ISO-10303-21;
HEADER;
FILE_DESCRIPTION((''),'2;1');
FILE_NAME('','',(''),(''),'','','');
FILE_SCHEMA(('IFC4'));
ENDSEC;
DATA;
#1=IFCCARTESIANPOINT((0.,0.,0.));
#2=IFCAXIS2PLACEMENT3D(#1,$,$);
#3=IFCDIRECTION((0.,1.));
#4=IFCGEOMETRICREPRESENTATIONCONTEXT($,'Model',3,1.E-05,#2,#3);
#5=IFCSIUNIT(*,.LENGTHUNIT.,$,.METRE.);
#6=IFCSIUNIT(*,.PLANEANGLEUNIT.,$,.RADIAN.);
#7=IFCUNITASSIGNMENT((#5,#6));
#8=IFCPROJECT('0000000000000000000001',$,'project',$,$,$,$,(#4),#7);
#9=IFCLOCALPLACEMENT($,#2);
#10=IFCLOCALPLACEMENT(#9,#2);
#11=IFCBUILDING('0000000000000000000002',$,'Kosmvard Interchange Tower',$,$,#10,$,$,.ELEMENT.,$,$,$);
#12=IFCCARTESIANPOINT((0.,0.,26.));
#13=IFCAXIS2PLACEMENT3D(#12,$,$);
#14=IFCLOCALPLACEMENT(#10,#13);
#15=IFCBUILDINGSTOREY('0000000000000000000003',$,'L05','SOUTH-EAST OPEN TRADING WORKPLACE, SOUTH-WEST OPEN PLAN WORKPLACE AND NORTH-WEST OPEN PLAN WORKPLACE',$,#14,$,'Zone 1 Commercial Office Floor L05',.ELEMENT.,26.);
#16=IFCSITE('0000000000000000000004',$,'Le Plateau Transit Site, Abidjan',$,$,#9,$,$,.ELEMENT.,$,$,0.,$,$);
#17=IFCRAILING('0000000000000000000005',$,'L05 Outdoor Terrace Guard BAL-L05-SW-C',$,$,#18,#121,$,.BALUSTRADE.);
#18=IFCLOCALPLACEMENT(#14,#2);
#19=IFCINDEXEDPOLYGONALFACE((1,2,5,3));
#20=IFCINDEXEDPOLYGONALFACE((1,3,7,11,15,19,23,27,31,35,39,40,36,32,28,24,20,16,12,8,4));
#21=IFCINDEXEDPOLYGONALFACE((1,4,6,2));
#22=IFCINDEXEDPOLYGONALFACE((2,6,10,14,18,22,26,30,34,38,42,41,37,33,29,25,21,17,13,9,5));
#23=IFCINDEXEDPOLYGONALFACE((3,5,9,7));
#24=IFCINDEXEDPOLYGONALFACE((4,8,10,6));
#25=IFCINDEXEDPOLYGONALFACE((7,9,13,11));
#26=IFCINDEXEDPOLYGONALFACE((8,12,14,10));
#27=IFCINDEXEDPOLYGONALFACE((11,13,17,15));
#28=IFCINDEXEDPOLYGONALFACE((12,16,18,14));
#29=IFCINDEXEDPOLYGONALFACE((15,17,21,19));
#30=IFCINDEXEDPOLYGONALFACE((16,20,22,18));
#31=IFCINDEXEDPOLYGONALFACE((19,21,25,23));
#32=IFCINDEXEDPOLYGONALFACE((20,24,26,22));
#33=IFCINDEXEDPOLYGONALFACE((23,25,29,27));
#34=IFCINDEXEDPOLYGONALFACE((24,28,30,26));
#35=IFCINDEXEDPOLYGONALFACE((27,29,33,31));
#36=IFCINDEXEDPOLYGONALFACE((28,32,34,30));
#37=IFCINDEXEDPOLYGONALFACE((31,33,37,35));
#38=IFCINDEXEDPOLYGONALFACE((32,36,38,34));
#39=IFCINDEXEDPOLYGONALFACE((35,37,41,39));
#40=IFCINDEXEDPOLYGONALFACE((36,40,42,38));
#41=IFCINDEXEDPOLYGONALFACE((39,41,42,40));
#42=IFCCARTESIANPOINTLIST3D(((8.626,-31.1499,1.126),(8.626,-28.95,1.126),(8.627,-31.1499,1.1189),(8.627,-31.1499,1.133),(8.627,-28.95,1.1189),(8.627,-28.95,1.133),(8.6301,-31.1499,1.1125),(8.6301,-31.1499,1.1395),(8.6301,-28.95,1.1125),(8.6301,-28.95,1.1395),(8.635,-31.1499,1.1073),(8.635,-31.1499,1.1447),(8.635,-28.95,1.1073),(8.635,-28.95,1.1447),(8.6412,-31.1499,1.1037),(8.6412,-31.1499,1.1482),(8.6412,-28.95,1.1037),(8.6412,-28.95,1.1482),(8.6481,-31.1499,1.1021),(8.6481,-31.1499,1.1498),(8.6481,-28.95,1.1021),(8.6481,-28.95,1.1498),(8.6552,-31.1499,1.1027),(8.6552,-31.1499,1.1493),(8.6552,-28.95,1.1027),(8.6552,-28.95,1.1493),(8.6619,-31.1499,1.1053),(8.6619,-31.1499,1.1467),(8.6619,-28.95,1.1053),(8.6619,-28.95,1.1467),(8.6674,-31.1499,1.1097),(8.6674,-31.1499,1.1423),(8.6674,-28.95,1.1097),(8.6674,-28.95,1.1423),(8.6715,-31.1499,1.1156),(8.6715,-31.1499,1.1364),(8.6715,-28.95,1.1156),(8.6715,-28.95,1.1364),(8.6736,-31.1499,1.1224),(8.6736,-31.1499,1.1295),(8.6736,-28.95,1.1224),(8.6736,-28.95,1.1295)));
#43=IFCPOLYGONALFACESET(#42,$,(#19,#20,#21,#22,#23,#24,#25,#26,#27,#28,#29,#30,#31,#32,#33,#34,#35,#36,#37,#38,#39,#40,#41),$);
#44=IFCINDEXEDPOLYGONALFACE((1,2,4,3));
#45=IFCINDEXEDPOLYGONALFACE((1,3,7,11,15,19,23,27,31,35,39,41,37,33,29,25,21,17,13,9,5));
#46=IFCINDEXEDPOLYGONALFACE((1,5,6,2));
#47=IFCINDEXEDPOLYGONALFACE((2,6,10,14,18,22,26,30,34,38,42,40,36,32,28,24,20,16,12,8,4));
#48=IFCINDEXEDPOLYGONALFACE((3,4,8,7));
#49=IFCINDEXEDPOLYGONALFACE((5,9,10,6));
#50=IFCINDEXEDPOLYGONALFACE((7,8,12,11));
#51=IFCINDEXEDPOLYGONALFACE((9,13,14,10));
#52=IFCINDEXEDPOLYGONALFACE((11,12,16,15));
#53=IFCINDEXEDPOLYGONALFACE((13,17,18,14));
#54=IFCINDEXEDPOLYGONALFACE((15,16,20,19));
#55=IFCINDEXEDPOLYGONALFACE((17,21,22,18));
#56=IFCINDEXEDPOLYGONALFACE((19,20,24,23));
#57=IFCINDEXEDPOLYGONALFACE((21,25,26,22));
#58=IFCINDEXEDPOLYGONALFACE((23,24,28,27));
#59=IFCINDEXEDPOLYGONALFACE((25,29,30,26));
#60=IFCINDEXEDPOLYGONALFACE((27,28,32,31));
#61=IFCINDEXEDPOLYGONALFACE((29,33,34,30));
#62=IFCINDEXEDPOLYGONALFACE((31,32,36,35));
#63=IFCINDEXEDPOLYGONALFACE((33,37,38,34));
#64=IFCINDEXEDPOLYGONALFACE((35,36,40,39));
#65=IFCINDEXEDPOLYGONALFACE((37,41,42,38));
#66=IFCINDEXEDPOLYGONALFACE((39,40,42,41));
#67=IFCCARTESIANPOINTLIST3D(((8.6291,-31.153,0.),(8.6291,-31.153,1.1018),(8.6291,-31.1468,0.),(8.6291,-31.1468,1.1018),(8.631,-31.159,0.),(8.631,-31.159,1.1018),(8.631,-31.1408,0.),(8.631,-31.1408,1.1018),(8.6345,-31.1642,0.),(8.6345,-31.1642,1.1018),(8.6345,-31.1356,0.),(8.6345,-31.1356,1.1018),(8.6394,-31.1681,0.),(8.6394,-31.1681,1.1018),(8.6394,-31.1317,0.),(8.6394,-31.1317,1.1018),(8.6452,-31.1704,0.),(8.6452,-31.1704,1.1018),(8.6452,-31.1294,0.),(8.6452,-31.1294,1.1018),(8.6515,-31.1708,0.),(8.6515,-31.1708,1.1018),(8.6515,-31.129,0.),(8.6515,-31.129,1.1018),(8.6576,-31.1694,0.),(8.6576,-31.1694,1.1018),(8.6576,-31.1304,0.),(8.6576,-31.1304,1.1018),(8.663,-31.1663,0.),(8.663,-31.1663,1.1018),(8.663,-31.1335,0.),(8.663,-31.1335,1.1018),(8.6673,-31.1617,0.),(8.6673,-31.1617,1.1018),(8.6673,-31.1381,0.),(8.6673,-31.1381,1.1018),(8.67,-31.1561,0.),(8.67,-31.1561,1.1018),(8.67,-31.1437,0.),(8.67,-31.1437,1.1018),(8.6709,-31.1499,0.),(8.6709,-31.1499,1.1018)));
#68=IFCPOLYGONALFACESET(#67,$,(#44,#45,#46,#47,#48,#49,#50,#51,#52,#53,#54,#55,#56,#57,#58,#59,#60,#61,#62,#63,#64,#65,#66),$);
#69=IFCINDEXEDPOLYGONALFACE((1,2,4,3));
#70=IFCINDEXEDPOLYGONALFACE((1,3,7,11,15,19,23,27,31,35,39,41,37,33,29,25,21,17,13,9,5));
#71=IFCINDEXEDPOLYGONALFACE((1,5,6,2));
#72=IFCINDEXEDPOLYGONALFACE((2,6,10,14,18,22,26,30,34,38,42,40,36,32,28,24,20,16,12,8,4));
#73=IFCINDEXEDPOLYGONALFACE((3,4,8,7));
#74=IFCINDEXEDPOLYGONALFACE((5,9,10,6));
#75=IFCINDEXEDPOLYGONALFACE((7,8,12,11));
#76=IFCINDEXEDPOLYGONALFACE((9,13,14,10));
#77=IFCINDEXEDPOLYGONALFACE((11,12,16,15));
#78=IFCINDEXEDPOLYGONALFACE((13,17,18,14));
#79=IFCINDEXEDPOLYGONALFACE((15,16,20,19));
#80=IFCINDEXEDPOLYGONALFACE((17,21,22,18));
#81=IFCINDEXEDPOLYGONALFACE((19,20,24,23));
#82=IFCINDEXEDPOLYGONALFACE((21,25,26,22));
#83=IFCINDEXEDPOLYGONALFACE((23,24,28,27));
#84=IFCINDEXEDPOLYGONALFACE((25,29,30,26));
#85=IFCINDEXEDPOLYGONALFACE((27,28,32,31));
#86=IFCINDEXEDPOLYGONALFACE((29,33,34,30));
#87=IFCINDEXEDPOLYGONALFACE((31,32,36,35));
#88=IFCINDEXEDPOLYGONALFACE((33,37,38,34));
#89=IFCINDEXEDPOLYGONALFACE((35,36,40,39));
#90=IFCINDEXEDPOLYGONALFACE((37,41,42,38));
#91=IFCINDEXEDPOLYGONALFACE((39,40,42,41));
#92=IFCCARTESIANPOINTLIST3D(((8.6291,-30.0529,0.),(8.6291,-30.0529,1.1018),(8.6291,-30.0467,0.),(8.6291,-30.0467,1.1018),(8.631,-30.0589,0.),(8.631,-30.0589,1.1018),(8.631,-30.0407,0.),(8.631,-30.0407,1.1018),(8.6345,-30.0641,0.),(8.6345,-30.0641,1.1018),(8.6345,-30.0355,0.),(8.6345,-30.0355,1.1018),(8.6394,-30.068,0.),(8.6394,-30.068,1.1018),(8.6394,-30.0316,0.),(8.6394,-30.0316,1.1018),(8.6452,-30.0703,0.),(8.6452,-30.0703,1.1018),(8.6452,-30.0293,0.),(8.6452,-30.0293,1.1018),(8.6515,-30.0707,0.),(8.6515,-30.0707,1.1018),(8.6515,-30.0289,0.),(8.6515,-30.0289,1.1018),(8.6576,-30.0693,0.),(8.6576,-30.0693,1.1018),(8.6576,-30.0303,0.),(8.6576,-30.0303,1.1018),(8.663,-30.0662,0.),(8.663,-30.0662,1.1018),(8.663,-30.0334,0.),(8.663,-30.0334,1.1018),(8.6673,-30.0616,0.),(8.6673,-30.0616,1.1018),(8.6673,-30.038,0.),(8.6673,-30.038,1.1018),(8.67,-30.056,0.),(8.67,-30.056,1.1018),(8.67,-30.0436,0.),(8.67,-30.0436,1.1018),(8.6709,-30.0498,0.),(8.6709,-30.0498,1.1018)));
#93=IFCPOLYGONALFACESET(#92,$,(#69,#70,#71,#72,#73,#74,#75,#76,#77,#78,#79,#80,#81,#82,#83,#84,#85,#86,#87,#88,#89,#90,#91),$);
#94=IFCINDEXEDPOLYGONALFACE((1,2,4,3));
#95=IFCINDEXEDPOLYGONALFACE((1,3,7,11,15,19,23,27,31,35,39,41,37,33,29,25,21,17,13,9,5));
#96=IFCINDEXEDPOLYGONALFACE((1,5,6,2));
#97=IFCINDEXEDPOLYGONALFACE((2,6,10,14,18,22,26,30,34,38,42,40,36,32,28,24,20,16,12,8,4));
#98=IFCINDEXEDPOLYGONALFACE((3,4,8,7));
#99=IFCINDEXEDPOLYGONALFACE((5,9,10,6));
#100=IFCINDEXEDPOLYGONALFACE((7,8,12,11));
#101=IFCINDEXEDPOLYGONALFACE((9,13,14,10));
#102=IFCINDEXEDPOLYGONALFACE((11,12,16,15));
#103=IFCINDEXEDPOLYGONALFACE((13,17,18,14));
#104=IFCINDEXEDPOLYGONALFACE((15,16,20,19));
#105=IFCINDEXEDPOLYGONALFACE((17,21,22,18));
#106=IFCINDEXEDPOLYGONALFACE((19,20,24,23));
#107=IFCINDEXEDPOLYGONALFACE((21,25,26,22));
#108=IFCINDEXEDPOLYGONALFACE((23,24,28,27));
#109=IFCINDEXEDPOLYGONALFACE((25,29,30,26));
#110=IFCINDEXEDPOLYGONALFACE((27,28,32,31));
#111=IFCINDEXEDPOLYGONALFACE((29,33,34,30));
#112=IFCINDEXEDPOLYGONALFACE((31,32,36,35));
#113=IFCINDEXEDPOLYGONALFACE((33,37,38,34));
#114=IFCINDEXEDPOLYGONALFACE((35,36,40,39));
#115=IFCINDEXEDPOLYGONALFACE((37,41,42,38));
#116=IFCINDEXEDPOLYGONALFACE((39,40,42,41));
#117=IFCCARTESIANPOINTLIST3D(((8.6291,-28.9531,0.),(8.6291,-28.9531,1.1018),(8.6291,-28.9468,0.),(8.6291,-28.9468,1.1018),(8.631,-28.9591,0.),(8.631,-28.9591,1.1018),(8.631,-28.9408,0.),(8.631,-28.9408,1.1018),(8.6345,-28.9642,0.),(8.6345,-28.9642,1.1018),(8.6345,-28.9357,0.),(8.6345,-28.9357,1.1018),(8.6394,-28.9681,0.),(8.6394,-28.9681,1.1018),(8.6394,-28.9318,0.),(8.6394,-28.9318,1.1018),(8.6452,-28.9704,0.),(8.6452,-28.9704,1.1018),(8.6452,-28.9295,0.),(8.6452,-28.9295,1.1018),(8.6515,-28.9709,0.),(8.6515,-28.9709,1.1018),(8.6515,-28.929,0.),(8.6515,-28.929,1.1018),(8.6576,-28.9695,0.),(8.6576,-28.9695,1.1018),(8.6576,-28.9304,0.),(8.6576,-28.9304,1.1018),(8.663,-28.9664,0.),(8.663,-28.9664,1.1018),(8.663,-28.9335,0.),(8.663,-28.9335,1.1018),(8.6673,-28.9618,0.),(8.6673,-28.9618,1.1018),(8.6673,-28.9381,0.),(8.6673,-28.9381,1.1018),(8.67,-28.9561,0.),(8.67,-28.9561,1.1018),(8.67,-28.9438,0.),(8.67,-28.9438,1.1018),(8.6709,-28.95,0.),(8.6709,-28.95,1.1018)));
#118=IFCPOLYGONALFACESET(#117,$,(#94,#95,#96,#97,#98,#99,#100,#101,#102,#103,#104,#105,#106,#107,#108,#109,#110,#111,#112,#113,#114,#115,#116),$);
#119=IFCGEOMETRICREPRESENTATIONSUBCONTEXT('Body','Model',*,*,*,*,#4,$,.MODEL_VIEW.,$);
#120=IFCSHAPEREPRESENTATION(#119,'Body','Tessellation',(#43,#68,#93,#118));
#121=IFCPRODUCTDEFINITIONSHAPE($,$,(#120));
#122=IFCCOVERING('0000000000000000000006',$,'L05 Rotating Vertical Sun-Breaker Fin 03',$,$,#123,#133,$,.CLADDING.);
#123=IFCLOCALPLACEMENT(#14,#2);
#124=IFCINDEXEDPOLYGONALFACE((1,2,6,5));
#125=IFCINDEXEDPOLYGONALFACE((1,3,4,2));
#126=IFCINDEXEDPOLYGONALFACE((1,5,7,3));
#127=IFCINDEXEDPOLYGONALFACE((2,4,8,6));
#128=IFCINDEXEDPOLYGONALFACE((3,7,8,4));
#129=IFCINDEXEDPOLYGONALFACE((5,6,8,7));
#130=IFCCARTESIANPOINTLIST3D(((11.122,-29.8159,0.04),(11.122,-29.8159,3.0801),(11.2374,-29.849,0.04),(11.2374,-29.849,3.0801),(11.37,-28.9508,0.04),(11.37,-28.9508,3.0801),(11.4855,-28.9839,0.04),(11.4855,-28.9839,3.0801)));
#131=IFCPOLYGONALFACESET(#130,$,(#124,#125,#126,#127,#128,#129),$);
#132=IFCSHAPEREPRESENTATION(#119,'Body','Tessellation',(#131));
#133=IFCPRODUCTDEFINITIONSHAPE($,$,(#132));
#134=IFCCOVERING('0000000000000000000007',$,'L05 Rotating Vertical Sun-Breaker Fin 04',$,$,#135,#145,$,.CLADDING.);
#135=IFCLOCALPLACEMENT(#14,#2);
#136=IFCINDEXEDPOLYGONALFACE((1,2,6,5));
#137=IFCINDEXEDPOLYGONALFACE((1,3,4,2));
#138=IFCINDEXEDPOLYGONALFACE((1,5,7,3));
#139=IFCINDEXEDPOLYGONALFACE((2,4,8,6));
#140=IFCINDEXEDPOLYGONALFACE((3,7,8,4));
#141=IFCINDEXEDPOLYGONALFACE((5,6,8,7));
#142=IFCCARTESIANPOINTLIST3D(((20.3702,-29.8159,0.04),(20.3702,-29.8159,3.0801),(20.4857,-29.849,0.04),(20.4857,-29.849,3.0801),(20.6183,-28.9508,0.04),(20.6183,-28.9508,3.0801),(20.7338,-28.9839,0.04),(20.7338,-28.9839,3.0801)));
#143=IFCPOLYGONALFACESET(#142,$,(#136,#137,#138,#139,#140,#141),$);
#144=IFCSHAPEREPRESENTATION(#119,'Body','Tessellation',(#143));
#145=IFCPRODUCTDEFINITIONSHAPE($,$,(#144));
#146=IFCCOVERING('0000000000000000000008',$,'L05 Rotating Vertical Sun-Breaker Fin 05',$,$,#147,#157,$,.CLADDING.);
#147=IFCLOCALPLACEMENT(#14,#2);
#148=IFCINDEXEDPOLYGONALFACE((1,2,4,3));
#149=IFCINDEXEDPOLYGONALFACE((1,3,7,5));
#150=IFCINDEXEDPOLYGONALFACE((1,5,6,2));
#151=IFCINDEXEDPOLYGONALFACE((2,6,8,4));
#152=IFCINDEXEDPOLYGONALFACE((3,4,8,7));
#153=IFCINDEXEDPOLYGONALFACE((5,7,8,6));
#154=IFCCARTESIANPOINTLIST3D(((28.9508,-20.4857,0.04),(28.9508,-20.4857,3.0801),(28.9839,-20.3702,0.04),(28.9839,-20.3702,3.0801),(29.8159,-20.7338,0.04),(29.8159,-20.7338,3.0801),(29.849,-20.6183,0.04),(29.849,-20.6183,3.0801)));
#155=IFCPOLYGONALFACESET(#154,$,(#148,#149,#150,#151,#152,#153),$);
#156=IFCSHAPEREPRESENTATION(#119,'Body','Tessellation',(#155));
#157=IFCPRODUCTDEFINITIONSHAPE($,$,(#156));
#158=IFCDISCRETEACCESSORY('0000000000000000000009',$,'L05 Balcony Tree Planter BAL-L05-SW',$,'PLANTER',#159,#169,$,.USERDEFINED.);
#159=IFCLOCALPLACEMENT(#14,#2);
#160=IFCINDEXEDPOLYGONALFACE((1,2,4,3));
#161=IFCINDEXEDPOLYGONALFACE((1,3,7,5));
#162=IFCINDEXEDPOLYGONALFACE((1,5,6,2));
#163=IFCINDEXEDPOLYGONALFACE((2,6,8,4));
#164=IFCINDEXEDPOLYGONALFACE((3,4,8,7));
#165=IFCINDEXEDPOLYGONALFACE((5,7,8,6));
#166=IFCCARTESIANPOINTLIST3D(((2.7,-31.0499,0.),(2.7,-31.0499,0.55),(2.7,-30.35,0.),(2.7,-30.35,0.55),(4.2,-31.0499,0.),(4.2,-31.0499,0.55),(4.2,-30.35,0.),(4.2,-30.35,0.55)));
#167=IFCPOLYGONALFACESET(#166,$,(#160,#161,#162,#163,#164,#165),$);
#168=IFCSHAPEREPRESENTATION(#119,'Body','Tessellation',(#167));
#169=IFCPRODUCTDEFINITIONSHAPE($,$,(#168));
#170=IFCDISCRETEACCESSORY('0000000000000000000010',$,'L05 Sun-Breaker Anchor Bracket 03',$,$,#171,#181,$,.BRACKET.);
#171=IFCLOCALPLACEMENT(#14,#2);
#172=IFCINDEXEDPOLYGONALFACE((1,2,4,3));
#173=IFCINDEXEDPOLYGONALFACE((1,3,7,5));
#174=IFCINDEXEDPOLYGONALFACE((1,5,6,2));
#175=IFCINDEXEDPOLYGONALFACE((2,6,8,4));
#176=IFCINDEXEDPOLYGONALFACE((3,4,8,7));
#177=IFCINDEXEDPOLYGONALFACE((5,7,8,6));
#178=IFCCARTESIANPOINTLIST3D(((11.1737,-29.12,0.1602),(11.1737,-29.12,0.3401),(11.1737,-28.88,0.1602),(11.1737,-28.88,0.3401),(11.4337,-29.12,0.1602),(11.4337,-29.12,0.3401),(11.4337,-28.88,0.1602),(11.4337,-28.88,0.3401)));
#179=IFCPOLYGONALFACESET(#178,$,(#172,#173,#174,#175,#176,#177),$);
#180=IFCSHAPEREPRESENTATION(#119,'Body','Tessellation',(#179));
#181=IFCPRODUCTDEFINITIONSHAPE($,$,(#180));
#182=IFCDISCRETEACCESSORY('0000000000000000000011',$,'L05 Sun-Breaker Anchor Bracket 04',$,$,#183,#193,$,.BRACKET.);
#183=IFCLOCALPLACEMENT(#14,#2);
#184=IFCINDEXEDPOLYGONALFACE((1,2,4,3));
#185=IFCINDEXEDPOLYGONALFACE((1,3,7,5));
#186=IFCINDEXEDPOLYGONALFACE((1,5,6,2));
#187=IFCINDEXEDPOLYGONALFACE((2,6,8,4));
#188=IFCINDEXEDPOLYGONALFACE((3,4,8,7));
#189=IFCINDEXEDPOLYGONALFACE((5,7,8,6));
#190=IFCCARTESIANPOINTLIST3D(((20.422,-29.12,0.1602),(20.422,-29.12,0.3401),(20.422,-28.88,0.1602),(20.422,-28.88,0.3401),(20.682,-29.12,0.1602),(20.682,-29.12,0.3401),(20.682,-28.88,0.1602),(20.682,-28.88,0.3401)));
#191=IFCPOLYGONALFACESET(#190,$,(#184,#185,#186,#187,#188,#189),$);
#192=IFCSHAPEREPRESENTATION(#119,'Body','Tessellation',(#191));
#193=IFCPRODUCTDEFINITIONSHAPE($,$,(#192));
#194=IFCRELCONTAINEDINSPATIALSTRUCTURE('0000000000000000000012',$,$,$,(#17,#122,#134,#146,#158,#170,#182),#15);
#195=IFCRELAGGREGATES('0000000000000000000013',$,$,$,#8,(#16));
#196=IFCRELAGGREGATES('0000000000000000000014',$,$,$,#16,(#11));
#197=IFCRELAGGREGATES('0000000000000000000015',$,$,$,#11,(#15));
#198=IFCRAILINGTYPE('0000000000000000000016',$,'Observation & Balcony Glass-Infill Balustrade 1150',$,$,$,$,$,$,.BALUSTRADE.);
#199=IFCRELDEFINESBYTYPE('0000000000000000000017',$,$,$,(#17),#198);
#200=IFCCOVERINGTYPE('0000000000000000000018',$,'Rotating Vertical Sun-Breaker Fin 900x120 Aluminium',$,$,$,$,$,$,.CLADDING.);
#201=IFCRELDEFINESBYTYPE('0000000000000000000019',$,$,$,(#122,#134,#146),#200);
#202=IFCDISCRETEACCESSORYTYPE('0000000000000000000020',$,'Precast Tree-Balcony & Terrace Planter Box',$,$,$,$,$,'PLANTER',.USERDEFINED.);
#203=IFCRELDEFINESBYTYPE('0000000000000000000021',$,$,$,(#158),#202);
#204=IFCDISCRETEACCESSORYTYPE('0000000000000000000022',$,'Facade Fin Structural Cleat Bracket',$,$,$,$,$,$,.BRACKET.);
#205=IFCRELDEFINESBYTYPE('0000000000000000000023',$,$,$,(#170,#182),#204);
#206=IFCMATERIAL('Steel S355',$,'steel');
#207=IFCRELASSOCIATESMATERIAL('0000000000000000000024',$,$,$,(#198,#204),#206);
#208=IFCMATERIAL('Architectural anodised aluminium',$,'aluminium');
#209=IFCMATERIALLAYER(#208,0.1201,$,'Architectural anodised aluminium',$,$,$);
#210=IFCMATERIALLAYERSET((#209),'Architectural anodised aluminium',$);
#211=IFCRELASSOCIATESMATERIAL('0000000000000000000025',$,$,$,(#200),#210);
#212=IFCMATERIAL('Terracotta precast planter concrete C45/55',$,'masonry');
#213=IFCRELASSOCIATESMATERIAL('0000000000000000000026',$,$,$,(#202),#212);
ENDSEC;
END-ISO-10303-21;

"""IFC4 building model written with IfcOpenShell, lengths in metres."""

from ifc_helpers import new_model, si_unit, direction, frame, origin, origin_2d, place, context, subcontext, project, spatial, rectangle, circle, extrude, source, transform, mapped, material, layer, layer_set, type_object, element, save


model = new_model("IFC4")

# Units and contexts
model_context = context("Model", 3, precision=1e-05, world=origin(), true_north=direction((0.0, 1.0)))
body_context = subcontext(model_context, "Body", "Model", "MODEL_VIEW")
ifc_project = project(units=[si_unit("LENGTHUNIT", "METRE"), si_unit("PLANEANGLEUNIT", "RADIAN")], contexts=[model_context])

# Site, building, storey
site_placement = place(None, origin())
site = spatial("IfcSite", under=ifc_project, at=site_placement, Name="Le Plateau Transit Site, Abidjan", CompositionType="ELEMENT", RefElevation=0.0)
building_placement = place(site_placement, origin())
building = spatial("IfcBuilding", under=site, at=building_placement, Name="Kosmvard Interchange Tower", CompositionType="ELEMENT")
storey_placement = place(building_placement, frame((0.0, 0.0, 26.0)))
storey = spatial("IfcBuildingStorey", under=building, at=storey_placement, Name="L05", Description="SOUTH-EAST OPEN TRADING WORKPLACE, SOUTH-WEST OPEN PLAN WORKPLACE AND NORTH-WEST OPEN PLAN WORKPLACE", LongName="Zone 1 Commercial Office Floor L05", CompositionType="ELEMENT", Elevation=26.0)

# Shared definitions
ifc_material_1 = material(Name="Steel S355", Category="steel")

# Railing
railing_type = type_object("IfcRailingType", Name="Observation & Balcony Glass-Infill Balustrade 1150", PredefinedType="BALUSTRADE", material=ifc_material_1)
shared_shape_1 = source(origin(), body_context, "Body", "SweptSolid", [
    extrude(circle(Radius=0.0239, at=origin_2d()), frame((0.0, 0.0, 1.126), z_axis=(0.0, 1.0, 0.0), x_axis=(-1.0, 0.0, 0.0)), (0.0, 0.0, 1.0), 2.2),
    extrude(circle(Radius=0.021, at=origin_2d()), origin(), (0.0, 0.0, 1.0), 1.1018),
    extrude(circle(Radius=0.021, at=origin_2d()), frame((0.0, 1.1001, 0.0)), (0.0, 0.0, 1.0), 1.1018),
    extrude(circle(Radius=0.021, at=origin_2d()), frame((0.0, 2.2, 0.0)), (0.0, 0.0, 1.0), 1.1018),
])
railing_1_placement = place(storey_placement, frame((8.6499, -31.1499, 0.0)))
element("IfcRailing", 1, at=railing_1_placement, inside=storey, type_object=railing_type, Name="L05 Outdoor Terrace Guard BAL-L05-SW-C", PredefinedType="BALUSTRADE", context=body_context, shape_type="MappedRepresentation", body=[
    mapped(shared_shape_1, transform((0.0, 0.0, 0.0), scale=1.0)),
])

# Coverings
ifc_material_2 = material(Name="Architectural anodised aluminium", Category="aluminium")
ifc_layer_1 = layer(ifc_material_2, 0.1201, Name="Architectural anodised aluminium")
ifc_layer_set_1 = layer_set([ifc_layer_1], Name="Architectural anodised aluminium")
covering_type = type_object("IfcCoveringType", Name="Rotating Vertical Sun-Breaker Fin 900x120 Aluminium", PredefinedType="CLADDING", material=ifc_layer_set_1)
shared_shape_2 = source(origin(), body_context, "Body", "SweptSolid", [
    extrude(rectangle(XDim=0.8999, YDim=0.1201, at=origin_2d()), origin(), (0.0, 0.0, 1.0), 3.04),
])
for number, where, z_axis, x_axis, name in (
    (2, (11.3037, -29.3999, 0.04), (0.0, 0.0, 1.0), (-0.275637, -0.961262, 0.0), "L05 Rotating Vertical Sun-Breaker Fin 03"),
    (3, (20.552, -29.3999, 0.04), (0.0, 0.0, 1.0), (-0.275637, -0.961262, 0.0), "L05 Rotating Vertical Sun-Breaker Fin 04"),
    (4, (29.3999, -20.552, 0.04), (0.0, 0.0, 1.0), (0.961262, -0.275637, 0.0), "L05 Rotating Vertical Sun-Breaker Fin 05"),
):
    element("IfcCovering", number, at=place(storey_placement, frame(where, z_axis=z_axis, x_axis=x_axis)), inside=storey, type_object=covering_type, Name=name, PredefinedType="CLADDING", context=body_context, shape_type="MappedRepresentation", body=[
        mapped(shared_shape_2, transform((0.0, 0.0, 0.0), scale=1.0)),
    ])

# Discrete accessories
ifc_material_3 = material(Name="Terracotta precast planter concrete C45/55", Category="masonry")
discrete_accessory_type_1 = type_object("IfcDiscreteAccessoryType", Name="Precast Tree-Balcony & Terrace Planter Box", ElementType="PLANTER", PredefinedType="USERDEFINED", material=ifc_material_3)
shared_shape_3 = source(origin(), body_context, "Body", "SweptSolid", [
    extrude(rectangle(XDim=1.5, YDim=0.7, at=origin_2d()), origin(), (0.0, 0.0, 1.0), 0.55),
])
discrete_accessory_placement = place(storey_placement, frame((3.45, -30.7, 0.0), z_axis=(0.0, 0.0, 1.0), x_axis=(1.0, 0.0, 0.0)))
element("IfcDiscreteAccessory", 5, at=discrete_accessory_placement, inside=storey, type_object=discrete_accessory_type_1, Name="L05 Balcony Tree Planter BAL-L05-SW", ObjectType="PLANTER", PredefinedType="USERDEFINED", context=body_context, shape_type="MappedRepresentation", body=[
    mapped(shared_shape_3, transform((0.0, 0.0, 0.0), scale=1.0)),
])
discrete_accessory_type_2 = type_object("IfcDiscreteAccessoryType", Name="Facade Fin Structural Cleat Bracket", PredefinedType="BRACKET", material=ifc_material_1)
shared_shape_4 = source(origin(), body_context, "Body", "SweptSolid", [
    extrude(rectangle(XDim=0.24, YDim=0.26, at=origin_2d()), origin(), (0.0, 0.0, 1.0), 0.1799),
])
for number, where, z_axis, x_axis, name in (
    (6, (11.3037, -29.0, 0.1602), (0.0, 0.0, 1.0), (0.0, -1.0, 0.0), "L05 Sun-Breaker Anchor Bracket 03"),
    (7, (20.552, -29.0, 0.1602), (0.0, 0.0, 1.0), (0.0, -1.0, 0.0), "L05 Sun-Breaker Anchor Bracket 04"),
):
    element("IfcDiscreteAccessory", number, at=place(storey_placement, frame(where, z_axis=z_axis, x_axis=x_axis)), inside=storey, type_object=discrete_accessory_type_2, Name=name, PredefinedType="BRACKET", context=body_context, shape_type="MappedRepresentation", body=[
        mapped(shared_shape_4, transform((0.0, 0.0, 0.0), scale=1.0)),
    ])

save(model, "model.ifc")
